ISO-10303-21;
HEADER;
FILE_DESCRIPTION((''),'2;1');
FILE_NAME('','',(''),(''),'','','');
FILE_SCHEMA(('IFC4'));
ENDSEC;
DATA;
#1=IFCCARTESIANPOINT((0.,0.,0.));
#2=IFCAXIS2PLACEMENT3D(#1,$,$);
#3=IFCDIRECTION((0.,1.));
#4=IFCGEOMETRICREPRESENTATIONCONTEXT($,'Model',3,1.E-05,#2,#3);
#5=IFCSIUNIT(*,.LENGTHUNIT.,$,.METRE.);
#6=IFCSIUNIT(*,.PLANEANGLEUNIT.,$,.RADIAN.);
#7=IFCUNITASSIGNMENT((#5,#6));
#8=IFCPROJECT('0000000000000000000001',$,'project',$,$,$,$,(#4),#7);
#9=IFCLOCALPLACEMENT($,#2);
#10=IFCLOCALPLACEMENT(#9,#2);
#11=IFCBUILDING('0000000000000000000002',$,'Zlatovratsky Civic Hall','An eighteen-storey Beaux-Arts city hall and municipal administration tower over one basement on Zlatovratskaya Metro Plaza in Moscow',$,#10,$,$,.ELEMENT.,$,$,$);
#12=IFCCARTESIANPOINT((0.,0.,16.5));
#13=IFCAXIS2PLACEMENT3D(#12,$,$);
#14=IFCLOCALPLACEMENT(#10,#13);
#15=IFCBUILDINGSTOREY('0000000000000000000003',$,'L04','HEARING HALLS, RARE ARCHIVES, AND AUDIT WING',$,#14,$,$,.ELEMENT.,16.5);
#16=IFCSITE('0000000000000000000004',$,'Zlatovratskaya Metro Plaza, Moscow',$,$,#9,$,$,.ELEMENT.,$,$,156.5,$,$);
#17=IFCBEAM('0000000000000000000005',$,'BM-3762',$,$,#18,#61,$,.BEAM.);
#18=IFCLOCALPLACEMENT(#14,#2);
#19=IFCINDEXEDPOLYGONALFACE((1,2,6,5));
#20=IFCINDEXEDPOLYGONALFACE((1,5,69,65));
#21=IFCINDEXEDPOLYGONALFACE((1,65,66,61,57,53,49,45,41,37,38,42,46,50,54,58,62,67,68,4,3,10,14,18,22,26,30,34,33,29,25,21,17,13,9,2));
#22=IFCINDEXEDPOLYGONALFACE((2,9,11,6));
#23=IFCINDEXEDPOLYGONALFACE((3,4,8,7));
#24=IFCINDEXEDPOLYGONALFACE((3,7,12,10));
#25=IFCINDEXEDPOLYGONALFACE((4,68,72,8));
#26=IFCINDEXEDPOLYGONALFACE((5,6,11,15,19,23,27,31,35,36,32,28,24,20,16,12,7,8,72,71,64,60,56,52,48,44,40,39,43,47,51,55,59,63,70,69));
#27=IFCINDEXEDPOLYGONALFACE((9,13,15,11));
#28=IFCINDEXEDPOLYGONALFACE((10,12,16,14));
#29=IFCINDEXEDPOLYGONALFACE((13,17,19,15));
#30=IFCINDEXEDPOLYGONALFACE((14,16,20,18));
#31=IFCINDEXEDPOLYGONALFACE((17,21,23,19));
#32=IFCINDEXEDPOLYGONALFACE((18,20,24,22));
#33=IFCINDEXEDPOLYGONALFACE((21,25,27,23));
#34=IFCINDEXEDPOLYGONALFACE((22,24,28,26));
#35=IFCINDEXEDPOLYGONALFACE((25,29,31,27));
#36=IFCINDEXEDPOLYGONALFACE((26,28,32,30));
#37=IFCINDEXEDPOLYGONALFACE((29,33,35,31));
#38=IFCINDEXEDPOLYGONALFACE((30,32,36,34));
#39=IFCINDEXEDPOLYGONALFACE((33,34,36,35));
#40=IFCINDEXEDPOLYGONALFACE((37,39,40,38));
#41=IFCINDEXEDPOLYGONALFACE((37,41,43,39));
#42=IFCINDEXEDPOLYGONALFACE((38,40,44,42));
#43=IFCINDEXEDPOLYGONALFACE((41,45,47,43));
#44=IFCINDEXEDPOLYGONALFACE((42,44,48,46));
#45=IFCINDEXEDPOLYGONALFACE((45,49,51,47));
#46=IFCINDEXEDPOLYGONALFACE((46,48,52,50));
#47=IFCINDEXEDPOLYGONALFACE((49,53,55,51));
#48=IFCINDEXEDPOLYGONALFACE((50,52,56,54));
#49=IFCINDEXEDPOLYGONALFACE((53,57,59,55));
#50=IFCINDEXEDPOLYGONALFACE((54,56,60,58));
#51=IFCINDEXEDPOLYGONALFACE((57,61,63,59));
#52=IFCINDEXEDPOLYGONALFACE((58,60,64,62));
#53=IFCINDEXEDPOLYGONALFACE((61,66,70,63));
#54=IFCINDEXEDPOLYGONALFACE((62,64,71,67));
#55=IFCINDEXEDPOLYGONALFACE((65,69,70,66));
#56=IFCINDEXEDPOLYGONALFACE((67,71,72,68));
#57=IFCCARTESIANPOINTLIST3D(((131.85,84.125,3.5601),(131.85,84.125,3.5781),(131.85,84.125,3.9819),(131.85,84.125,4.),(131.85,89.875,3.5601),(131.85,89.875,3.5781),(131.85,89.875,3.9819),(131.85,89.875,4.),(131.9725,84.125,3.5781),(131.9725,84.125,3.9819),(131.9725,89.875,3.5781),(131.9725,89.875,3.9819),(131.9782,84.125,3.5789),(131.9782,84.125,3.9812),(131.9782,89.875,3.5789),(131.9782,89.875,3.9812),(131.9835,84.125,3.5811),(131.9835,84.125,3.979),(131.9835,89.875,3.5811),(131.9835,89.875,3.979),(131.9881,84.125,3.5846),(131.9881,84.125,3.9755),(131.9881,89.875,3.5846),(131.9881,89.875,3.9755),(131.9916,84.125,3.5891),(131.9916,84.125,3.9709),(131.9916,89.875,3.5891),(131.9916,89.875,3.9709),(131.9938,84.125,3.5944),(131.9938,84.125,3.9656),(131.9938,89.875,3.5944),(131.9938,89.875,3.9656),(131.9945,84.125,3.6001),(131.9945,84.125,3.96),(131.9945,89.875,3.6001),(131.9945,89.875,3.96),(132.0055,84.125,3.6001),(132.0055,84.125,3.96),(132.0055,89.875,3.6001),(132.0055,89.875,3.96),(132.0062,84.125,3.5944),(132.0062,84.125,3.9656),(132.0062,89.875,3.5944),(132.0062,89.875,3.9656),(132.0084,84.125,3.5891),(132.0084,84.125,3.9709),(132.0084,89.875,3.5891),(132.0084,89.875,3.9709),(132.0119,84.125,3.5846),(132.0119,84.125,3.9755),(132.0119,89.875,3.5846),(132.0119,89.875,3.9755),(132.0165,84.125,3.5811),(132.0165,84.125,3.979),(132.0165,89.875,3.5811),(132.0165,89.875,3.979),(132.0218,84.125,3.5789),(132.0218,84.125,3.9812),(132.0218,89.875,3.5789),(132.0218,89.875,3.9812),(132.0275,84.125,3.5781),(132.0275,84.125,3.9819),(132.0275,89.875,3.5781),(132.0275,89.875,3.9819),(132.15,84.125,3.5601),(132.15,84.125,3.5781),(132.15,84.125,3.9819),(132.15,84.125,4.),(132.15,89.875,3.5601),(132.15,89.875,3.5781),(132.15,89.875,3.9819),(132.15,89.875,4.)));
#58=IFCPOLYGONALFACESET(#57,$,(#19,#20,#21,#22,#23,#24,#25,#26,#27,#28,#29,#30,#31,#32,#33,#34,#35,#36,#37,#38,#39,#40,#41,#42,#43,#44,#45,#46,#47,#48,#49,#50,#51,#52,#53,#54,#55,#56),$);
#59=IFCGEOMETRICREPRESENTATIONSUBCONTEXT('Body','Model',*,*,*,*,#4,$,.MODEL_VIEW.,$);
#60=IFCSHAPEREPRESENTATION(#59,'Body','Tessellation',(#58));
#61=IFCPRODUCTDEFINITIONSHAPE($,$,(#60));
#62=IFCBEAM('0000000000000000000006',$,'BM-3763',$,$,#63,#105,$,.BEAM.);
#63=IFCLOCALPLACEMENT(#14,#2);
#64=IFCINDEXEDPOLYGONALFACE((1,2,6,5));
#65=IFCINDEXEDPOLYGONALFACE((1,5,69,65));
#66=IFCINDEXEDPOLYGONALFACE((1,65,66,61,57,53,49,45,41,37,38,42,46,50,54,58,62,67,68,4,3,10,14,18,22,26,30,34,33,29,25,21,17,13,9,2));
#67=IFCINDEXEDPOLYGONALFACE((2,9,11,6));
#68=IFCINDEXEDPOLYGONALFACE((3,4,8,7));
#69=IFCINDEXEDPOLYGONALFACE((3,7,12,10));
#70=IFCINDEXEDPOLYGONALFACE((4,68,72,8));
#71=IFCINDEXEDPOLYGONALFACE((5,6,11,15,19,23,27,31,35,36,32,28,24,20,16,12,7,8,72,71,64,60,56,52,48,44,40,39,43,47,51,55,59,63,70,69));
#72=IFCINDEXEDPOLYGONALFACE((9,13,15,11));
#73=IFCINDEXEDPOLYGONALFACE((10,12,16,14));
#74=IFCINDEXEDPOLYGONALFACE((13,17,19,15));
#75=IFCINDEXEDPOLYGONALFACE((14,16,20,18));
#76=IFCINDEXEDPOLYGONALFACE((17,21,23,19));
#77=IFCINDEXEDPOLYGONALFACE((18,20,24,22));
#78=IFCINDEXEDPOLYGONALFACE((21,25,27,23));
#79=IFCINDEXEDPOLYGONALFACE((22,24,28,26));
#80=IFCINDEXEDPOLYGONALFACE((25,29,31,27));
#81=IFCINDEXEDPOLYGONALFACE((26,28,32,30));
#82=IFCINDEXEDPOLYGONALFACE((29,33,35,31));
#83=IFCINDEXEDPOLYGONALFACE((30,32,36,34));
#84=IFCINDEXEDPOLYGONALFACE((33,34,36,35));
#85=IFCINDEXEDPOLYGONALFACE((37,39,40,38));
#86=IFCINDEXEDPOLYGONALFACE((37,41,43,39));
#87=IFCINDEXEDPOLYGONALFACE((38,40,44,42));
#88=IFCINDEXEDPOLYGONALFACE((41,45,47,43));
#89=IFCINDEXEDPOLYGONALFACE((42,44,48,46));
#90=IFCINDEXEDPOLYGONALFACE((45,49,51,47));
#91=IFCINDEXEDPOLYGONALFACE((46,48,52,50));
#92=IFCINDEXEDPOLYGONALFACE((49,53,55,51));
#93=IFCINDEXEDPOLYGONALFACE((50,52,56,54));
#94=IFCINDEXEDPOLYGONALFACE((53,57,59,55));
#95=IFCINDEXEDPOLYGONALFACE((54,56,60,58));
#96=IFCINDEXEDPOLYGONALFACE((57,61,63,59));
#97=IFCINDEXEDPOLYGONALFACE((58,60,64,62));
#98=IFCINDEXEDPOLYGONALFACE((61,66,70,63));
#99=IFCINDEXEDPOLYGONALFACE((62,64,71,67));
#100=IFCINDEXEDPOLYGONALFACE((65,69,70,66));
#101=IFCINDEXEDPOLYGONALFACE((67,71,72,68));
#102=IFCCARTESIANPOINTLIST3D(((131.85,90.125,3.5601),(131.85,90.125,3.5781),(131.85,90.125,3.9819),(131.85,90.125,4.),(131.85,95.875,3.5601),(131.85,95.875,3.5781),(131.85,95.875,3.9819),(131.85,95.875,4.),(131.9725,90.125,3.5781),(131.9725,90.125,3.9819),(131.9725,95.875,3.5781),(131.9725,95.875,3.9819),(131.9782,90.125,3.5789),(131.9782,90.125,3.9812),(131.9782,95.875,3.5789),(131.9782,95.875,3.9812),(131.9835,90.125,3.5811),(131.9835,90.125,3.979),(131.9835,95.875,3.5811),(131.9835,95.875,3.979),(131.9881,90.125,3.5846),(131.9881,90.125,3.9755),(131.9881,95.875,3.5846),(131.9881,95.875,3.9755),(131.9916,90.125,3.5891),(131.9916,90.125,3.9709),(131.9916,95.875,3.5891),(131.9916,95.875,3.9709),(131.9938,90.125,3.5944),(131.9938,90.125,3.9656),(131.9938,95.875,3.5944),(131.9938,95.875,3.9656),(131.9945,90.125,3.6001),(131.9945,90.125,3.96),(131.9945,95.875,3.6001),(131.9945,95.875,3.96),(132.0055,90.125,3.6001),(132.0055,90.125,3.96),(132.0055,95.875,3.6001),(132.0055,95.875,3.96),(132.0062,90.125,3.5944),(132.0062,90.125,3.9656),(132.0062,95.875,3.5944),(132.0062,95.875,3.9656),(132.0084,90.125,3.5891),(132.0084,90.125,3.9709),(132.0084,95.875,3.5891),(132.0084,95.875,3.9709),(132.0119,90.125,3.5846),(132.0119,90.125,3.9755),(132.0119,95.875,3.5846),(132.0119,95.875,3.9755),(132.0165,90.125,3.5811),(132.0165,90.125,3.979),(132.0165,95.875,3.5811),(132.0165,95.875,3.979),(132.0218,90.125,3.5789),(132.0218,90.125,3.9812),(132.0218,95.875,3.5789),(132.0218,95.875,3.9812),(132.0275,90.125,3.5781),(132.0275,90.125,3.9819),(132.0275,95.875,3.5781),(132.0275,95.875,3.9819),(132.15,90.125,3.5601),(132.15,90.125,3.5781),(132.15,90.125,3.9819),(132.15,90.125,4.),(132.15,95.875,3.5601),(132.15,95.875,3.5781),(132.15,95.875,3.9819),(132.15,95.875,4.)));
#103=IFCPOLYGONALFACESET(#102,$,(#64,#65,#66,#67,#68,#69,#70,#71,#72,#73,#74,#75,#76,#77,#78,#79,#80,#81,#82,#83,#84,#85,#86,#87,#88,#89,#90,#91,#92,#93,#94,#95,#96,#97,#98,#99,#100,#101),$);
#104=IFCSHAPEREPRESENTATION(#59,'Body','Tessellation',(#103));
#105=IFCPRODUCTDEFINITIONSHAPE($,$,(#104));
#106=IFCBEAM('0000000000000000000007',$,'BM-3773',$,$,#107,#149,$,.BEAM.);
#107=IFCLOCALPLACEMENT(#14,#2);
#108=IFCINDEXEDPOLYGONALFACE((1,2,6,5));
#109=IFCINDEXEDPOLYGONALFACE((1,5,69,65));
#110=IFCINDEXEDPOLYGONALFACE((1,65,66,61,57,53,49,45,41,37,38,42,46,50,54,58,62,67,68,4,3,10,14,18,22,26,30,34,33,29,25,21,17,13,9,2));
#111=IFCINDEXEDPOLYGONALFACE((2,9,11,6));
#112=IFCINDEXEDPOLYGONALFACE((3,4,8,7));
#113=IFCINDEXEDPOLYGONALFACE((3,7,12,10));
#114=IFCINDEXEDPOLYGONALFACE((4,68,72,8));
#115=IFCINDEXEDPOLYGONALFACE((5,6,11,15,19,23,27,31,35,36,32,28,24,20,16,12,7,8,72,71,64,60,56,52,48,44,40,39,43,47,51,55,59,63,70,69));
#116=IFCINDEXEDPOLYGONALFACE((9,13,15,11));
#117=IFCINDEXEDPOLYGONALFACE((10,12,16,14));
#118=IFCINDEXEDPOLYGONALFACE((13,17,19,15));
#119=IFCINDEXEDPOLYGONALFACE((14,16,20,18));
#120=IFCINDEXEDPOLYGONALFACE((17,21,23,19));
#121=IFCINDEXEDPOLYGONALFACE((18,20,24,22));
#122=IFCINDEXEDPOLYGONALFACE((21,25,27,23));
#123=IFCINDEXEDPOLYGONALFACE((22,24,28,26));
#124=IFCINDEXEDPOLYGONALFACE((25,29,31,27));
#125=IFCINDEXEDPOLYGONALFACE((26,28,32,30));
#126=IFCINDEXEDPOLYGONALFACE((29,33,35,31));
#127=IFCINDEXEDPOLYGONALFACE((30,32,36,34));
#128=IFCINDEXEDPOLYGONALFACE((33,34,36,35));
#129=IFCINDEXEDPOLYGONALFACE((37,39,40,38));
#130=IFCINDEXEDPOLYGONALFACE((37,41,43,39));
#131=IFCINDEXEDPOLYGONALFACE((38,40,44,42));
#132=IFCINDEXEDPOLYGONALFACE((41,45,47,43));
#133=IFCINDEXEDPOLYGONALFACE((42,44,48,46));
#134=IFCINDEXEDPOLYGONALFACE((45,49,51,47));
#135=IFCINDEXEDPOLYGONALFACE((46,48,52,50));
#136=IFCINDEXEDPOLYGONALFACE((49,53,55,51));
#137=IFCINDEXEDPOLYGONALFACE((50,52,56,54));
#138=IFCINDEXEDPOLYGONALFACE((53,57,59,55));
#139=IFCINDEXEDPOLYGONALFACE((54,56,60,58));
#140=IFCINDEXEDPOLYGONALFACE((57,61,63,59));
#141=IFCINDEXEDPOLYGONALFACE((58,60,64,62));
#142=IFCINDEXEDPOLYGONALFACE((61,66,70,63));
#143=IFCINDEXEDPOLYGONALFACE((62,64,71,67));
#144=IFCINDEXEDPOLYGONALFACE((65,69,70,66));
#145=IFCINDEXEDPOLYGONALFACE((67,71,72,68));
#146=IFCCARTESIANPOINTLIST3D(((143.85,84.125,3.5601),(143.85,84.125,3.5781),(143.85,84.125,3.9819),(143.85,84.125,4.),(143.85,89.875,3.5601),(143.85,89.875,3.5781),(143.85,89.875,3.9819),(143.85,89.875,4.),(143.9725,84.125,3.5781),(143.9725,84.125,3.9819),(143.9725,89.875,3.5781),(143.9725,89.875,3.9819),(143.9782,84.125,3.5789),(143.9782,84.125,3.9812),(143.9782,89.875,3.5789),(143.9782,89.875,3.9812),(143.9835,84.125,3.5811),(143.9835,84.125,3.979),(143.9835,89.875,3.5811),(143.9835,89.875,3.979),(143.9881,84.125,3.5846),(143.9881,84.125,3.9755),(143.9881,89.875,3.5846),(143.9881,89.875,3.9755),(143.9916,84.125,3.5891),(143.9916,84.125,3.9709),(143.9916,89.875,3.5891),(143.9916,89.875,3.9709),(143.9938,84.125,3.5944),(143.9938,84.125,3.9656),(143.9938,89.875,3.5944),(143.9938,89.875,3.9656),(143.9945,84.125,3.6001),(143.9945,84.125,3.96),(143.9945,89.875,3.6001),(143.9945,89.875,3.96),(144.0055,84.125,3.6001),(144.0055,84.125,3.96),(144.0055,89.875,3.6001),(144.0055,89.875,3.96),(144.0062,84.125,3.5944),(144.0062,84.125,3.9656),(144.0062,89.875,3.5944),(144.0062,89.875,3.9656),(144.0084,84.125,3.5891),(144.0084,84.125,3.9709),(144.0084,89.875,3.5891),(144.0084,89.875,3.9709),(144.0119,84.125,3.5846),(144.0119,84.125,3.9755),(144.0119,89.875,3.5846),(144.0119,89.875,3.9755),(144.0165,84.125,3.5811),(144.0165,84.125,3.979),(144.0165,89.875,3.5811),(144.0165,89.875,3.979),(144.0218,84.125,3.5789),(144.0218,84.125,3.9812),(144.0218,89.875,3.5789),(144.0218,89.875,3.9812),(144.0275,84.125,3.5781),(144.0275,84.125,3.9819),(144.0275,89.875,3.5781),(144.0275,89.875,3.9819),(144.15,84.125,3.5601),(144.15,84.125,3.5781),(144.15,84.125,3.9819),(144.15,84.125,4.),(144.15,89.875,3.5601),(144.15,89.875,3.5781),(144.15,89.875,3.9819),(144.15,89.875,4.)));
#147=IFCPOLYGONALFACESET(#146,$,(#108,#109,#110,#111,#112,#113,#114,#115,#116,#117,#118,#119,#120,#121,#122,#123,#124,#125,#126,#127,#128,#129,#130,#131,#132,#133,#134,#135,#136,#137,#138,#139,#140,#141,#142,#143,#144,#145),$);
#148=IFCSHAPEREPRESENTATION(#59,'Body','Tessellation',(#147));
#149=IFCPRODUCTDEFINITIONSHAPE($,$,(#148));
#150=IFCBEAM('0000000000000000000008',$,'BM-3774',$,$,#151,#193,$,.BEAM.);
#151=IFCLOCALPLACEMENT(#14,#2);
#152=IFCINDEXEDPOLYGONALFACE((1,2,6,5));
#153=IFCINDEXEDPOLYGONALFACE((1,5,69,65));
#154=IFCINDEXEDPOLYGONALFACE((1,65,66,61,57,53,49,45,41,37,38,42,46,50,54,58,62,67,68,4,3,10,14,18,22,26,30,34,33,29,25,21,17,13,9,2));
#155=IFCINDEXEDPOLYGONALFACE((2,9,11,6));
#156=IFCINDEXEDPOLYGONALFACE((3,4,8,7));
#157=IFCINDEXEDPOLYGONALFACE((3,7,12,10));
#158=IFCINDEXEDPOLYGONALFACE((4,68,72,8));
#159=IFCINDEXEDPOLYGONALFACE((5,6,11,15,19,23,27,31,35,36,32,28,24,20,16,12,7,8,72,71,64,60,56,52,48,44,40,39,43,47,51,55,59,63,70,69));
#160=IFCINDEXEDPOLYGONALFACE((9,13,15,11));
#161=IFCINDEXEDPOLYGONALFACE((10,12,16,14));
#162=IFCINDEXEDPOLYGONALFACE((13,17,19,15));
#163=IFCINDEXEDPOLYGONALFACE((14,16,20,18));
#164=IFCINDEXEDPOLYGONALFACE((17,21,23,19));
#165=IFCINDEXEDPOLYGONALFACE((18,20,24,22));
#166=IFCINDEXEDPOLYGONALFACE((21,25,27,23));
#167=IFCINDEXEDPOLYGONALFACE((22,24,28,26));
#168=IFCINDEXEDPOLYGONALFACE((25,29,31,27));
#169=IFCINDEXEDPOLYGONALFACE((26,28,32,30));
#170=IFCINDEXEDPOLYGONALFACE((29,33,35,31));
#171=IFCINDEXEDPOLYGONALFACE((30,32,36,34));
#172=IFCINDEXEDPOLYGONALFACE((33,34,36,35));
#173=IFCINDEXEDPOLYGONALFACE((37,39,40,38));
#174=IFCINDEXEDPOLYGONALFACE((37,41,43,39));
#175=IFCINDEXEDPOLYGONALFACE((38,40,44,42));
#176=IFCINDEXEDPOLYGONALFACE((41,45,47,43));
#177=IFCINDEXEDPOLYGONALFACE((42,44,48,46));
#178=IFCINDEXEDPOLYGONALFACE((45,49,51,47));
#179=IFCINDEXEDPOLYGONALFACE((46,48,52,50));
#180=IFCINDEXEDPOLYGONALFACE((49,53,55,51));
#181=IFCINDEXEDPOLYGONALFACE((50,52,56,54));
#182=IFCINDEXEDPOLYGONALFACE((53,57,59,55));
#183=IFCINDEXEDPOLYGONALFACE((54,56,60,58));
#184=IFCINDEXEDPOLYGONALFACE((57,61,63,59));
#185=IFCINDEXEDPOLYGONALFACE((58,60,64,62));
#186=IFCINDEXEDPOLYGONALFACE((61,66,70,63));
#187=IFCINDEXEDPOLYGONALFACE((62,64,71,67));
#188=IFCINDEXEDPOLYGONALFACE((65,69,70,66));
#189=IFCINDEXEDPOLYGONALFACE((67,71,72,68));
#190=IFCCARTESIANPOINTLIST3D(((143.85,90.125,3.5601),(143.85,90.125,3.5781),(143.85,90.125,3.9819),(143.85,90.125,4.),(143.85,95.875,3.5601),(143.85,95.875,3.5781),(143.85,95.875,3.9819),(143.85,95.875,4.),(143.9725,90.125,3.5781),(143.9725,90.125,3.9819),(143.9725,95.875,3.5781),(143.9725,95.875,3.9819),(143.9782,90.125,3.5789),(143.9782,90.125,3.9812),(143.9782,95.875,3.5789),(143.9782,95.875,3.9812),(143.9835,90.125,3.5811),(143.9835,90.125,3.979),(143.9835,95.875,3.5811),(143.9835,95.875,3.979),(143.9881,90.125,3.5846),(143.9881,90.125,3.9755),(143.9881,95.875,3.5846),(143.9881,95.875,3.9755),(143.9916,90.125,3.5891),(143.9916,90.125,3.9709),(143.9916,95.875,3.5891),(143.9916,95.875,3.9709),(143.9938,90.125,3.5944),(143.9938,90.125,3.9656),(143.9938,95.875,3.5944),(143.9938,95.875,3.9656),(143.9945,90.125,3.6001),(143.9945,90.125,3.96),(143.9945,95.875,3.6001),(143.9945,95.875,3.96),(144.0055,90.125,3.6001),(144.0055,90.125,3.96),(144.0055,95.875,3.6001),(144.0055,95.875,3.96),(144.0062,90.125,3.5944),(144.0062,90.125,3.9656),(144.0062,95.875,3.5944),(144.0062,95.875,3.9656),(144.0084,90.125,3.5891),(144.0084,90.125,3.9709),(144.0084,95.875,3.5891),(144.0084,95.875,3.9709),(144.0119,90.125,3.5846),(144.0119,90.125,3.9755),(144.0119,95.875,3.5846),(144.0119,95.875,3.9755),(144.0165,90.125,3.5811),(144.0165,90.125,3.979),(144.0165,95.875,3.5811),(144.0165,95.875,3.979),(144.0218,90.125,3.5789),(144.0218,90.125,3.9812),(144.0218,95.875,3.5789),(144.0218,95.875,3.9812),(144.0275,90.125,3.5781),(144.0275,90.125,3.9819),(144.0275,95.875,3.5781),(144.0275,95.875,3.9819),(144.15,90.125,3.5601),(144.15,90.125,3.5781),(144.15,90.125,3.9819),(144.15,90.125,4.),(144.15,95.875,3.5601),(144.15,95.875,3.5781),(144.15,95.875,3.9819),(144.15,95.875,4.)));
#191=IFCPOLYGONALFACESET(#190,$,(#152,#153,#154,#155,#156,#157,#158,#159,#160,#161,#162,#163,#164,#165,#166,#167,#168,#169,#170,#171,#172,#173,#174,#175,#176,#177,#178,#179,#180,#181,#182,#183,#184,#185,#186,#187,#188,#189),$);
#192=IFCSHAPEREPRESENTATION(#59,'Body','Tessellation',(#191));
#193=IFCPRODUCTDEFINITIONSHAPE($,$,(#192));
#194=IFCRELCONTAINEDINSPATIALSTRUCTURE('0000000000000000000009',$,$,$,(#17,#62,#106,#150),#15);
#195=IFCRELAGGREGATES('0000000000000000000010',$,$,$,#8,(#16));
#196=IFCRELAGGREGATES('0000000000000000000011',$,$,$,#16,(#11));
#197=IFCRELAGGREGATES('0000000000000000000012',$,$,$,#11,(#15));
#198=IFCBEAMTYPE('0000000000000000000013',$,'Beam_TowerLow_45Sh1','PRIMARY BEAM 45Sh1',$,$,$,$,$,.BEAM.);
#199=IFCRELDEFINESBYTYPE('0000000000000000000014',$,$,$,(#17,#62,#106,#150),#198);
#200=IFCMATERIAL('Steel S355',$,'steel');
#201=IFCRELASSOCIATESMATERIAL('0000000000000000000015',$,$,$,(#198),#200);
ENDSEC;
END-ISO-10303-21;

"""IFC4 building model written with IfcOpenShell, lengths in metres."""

from ifc_helpers import new_model, si_unit, direction, frame, origin, origin_2d, place, context, subcontext, project, spatial, i_section, extrude, material, material_profile, profile_set, type_object, element, save


model = new_model("IFC4")

# Units and contexts
model_context = context("Model", 3, precision=1e-05, world=origin(), true_north=direction((0.0, 1.0)))
body_context = subcontext(model_context, "Body", "Model", "MODEL_VIEW")
ifc_project = project(units=[si_unit("LENGTHUNIT", "METRE"), si_unit("PLANEANGLEUNIT", "RADIAN")], contexts=[model_context])

# Site, building, storey
site_placement = place(None, origin())
site = spatial("IfcSite", under=ifc_project, at=site_placement, Name="Zlatovratskaya Metro Plaza, Moscow", CompositionType="ELEMENT", RefElevation=156.5)
building_placement = place(site_placement, origin())
building = spatial("IfcBuilding", under=site, at=building_placement, Name="Zlatovratsky Civic Hall", Description="An eighteen-storey Beaux-Arts city hall and municipal administration tower over one basement on Zlatovratskaya Metro Plaza in Moscow", CompositionType="ELEMENT")
storey_placement = place(building_placement, frame((0.0, 0.0, 16.5)))
storey = spatial("IfcBuildingStorey", under=building, at=storey_placement, Name="L04", Description="HEARING HALLS, RARE ARCHIVES, AND AUDIT WING", CompositionType="ELEMENT", Elevation=16.5)

# Shared definitions
ifc_material_1 = material(Name="Steel S355", Category="steel")

# Beams
ifc_material_profile_1 = material_profile(ifc_material_1, i_section(OverallWidth=0.3, OverallDepth=0.4399, WebThickness=0.011, FlangeThickness=0.0181, FilletRadius=0.022, at=origin_2d()), Name="45Sh1")
ifc_profile_set_1 = profile_set([ifc_material_profile_1], Name="Steel S355")
beam_type_1 = type_object("IfcBeamType", Name="Beam_TowerLow_45Sh1", Description="PRIMARY BEAM 45Sh1", PredefinedType="BEAM", material=ifc_profile_set_1)
for number, where, z_axis, x_axis, name in (
    (1, (132.0, 84.125, 3.78), (0.0, 1.0, 0.0), (-1.0, 0.0, 0.0), "BM-3762"),
    (2, (132.0, 90.125, 3.78), (0.0, 1.0, 0.0), (-1.0, 0.0, 0.0), "BM-3763"),
    (3, (144.0, 84.125, 3.78), (0.0, 1.0, 0.0), (-1.0, 0.0, 0.0), "BM-3773"),
    (4, (144.0, 90.125, 3.78), (0.0, 1.0, 0.0), (-1.0, 0.0, 0.0), "BM-3774"),
):
    element("IfcBeam", number, at=place(storey_placement, frame(where, z_axis=z_axis, x_axis=x_axis)), inside=storey, type_object=beam_type_1, Name=name, PredefinedType="BEAM", context=body_context, shape_type="SweptSolid", body=[
        extrude(i_section(OverallWidth=0.3, OverallDepth=0.4399, WebThickness=0.011, FlangeThickness=0.0181, FilletRadius=0.022, at=origin_2d()), origin(), (0.0, 0.0, 1.0), 5.75),
    ])

save(model, "model.ifc")
